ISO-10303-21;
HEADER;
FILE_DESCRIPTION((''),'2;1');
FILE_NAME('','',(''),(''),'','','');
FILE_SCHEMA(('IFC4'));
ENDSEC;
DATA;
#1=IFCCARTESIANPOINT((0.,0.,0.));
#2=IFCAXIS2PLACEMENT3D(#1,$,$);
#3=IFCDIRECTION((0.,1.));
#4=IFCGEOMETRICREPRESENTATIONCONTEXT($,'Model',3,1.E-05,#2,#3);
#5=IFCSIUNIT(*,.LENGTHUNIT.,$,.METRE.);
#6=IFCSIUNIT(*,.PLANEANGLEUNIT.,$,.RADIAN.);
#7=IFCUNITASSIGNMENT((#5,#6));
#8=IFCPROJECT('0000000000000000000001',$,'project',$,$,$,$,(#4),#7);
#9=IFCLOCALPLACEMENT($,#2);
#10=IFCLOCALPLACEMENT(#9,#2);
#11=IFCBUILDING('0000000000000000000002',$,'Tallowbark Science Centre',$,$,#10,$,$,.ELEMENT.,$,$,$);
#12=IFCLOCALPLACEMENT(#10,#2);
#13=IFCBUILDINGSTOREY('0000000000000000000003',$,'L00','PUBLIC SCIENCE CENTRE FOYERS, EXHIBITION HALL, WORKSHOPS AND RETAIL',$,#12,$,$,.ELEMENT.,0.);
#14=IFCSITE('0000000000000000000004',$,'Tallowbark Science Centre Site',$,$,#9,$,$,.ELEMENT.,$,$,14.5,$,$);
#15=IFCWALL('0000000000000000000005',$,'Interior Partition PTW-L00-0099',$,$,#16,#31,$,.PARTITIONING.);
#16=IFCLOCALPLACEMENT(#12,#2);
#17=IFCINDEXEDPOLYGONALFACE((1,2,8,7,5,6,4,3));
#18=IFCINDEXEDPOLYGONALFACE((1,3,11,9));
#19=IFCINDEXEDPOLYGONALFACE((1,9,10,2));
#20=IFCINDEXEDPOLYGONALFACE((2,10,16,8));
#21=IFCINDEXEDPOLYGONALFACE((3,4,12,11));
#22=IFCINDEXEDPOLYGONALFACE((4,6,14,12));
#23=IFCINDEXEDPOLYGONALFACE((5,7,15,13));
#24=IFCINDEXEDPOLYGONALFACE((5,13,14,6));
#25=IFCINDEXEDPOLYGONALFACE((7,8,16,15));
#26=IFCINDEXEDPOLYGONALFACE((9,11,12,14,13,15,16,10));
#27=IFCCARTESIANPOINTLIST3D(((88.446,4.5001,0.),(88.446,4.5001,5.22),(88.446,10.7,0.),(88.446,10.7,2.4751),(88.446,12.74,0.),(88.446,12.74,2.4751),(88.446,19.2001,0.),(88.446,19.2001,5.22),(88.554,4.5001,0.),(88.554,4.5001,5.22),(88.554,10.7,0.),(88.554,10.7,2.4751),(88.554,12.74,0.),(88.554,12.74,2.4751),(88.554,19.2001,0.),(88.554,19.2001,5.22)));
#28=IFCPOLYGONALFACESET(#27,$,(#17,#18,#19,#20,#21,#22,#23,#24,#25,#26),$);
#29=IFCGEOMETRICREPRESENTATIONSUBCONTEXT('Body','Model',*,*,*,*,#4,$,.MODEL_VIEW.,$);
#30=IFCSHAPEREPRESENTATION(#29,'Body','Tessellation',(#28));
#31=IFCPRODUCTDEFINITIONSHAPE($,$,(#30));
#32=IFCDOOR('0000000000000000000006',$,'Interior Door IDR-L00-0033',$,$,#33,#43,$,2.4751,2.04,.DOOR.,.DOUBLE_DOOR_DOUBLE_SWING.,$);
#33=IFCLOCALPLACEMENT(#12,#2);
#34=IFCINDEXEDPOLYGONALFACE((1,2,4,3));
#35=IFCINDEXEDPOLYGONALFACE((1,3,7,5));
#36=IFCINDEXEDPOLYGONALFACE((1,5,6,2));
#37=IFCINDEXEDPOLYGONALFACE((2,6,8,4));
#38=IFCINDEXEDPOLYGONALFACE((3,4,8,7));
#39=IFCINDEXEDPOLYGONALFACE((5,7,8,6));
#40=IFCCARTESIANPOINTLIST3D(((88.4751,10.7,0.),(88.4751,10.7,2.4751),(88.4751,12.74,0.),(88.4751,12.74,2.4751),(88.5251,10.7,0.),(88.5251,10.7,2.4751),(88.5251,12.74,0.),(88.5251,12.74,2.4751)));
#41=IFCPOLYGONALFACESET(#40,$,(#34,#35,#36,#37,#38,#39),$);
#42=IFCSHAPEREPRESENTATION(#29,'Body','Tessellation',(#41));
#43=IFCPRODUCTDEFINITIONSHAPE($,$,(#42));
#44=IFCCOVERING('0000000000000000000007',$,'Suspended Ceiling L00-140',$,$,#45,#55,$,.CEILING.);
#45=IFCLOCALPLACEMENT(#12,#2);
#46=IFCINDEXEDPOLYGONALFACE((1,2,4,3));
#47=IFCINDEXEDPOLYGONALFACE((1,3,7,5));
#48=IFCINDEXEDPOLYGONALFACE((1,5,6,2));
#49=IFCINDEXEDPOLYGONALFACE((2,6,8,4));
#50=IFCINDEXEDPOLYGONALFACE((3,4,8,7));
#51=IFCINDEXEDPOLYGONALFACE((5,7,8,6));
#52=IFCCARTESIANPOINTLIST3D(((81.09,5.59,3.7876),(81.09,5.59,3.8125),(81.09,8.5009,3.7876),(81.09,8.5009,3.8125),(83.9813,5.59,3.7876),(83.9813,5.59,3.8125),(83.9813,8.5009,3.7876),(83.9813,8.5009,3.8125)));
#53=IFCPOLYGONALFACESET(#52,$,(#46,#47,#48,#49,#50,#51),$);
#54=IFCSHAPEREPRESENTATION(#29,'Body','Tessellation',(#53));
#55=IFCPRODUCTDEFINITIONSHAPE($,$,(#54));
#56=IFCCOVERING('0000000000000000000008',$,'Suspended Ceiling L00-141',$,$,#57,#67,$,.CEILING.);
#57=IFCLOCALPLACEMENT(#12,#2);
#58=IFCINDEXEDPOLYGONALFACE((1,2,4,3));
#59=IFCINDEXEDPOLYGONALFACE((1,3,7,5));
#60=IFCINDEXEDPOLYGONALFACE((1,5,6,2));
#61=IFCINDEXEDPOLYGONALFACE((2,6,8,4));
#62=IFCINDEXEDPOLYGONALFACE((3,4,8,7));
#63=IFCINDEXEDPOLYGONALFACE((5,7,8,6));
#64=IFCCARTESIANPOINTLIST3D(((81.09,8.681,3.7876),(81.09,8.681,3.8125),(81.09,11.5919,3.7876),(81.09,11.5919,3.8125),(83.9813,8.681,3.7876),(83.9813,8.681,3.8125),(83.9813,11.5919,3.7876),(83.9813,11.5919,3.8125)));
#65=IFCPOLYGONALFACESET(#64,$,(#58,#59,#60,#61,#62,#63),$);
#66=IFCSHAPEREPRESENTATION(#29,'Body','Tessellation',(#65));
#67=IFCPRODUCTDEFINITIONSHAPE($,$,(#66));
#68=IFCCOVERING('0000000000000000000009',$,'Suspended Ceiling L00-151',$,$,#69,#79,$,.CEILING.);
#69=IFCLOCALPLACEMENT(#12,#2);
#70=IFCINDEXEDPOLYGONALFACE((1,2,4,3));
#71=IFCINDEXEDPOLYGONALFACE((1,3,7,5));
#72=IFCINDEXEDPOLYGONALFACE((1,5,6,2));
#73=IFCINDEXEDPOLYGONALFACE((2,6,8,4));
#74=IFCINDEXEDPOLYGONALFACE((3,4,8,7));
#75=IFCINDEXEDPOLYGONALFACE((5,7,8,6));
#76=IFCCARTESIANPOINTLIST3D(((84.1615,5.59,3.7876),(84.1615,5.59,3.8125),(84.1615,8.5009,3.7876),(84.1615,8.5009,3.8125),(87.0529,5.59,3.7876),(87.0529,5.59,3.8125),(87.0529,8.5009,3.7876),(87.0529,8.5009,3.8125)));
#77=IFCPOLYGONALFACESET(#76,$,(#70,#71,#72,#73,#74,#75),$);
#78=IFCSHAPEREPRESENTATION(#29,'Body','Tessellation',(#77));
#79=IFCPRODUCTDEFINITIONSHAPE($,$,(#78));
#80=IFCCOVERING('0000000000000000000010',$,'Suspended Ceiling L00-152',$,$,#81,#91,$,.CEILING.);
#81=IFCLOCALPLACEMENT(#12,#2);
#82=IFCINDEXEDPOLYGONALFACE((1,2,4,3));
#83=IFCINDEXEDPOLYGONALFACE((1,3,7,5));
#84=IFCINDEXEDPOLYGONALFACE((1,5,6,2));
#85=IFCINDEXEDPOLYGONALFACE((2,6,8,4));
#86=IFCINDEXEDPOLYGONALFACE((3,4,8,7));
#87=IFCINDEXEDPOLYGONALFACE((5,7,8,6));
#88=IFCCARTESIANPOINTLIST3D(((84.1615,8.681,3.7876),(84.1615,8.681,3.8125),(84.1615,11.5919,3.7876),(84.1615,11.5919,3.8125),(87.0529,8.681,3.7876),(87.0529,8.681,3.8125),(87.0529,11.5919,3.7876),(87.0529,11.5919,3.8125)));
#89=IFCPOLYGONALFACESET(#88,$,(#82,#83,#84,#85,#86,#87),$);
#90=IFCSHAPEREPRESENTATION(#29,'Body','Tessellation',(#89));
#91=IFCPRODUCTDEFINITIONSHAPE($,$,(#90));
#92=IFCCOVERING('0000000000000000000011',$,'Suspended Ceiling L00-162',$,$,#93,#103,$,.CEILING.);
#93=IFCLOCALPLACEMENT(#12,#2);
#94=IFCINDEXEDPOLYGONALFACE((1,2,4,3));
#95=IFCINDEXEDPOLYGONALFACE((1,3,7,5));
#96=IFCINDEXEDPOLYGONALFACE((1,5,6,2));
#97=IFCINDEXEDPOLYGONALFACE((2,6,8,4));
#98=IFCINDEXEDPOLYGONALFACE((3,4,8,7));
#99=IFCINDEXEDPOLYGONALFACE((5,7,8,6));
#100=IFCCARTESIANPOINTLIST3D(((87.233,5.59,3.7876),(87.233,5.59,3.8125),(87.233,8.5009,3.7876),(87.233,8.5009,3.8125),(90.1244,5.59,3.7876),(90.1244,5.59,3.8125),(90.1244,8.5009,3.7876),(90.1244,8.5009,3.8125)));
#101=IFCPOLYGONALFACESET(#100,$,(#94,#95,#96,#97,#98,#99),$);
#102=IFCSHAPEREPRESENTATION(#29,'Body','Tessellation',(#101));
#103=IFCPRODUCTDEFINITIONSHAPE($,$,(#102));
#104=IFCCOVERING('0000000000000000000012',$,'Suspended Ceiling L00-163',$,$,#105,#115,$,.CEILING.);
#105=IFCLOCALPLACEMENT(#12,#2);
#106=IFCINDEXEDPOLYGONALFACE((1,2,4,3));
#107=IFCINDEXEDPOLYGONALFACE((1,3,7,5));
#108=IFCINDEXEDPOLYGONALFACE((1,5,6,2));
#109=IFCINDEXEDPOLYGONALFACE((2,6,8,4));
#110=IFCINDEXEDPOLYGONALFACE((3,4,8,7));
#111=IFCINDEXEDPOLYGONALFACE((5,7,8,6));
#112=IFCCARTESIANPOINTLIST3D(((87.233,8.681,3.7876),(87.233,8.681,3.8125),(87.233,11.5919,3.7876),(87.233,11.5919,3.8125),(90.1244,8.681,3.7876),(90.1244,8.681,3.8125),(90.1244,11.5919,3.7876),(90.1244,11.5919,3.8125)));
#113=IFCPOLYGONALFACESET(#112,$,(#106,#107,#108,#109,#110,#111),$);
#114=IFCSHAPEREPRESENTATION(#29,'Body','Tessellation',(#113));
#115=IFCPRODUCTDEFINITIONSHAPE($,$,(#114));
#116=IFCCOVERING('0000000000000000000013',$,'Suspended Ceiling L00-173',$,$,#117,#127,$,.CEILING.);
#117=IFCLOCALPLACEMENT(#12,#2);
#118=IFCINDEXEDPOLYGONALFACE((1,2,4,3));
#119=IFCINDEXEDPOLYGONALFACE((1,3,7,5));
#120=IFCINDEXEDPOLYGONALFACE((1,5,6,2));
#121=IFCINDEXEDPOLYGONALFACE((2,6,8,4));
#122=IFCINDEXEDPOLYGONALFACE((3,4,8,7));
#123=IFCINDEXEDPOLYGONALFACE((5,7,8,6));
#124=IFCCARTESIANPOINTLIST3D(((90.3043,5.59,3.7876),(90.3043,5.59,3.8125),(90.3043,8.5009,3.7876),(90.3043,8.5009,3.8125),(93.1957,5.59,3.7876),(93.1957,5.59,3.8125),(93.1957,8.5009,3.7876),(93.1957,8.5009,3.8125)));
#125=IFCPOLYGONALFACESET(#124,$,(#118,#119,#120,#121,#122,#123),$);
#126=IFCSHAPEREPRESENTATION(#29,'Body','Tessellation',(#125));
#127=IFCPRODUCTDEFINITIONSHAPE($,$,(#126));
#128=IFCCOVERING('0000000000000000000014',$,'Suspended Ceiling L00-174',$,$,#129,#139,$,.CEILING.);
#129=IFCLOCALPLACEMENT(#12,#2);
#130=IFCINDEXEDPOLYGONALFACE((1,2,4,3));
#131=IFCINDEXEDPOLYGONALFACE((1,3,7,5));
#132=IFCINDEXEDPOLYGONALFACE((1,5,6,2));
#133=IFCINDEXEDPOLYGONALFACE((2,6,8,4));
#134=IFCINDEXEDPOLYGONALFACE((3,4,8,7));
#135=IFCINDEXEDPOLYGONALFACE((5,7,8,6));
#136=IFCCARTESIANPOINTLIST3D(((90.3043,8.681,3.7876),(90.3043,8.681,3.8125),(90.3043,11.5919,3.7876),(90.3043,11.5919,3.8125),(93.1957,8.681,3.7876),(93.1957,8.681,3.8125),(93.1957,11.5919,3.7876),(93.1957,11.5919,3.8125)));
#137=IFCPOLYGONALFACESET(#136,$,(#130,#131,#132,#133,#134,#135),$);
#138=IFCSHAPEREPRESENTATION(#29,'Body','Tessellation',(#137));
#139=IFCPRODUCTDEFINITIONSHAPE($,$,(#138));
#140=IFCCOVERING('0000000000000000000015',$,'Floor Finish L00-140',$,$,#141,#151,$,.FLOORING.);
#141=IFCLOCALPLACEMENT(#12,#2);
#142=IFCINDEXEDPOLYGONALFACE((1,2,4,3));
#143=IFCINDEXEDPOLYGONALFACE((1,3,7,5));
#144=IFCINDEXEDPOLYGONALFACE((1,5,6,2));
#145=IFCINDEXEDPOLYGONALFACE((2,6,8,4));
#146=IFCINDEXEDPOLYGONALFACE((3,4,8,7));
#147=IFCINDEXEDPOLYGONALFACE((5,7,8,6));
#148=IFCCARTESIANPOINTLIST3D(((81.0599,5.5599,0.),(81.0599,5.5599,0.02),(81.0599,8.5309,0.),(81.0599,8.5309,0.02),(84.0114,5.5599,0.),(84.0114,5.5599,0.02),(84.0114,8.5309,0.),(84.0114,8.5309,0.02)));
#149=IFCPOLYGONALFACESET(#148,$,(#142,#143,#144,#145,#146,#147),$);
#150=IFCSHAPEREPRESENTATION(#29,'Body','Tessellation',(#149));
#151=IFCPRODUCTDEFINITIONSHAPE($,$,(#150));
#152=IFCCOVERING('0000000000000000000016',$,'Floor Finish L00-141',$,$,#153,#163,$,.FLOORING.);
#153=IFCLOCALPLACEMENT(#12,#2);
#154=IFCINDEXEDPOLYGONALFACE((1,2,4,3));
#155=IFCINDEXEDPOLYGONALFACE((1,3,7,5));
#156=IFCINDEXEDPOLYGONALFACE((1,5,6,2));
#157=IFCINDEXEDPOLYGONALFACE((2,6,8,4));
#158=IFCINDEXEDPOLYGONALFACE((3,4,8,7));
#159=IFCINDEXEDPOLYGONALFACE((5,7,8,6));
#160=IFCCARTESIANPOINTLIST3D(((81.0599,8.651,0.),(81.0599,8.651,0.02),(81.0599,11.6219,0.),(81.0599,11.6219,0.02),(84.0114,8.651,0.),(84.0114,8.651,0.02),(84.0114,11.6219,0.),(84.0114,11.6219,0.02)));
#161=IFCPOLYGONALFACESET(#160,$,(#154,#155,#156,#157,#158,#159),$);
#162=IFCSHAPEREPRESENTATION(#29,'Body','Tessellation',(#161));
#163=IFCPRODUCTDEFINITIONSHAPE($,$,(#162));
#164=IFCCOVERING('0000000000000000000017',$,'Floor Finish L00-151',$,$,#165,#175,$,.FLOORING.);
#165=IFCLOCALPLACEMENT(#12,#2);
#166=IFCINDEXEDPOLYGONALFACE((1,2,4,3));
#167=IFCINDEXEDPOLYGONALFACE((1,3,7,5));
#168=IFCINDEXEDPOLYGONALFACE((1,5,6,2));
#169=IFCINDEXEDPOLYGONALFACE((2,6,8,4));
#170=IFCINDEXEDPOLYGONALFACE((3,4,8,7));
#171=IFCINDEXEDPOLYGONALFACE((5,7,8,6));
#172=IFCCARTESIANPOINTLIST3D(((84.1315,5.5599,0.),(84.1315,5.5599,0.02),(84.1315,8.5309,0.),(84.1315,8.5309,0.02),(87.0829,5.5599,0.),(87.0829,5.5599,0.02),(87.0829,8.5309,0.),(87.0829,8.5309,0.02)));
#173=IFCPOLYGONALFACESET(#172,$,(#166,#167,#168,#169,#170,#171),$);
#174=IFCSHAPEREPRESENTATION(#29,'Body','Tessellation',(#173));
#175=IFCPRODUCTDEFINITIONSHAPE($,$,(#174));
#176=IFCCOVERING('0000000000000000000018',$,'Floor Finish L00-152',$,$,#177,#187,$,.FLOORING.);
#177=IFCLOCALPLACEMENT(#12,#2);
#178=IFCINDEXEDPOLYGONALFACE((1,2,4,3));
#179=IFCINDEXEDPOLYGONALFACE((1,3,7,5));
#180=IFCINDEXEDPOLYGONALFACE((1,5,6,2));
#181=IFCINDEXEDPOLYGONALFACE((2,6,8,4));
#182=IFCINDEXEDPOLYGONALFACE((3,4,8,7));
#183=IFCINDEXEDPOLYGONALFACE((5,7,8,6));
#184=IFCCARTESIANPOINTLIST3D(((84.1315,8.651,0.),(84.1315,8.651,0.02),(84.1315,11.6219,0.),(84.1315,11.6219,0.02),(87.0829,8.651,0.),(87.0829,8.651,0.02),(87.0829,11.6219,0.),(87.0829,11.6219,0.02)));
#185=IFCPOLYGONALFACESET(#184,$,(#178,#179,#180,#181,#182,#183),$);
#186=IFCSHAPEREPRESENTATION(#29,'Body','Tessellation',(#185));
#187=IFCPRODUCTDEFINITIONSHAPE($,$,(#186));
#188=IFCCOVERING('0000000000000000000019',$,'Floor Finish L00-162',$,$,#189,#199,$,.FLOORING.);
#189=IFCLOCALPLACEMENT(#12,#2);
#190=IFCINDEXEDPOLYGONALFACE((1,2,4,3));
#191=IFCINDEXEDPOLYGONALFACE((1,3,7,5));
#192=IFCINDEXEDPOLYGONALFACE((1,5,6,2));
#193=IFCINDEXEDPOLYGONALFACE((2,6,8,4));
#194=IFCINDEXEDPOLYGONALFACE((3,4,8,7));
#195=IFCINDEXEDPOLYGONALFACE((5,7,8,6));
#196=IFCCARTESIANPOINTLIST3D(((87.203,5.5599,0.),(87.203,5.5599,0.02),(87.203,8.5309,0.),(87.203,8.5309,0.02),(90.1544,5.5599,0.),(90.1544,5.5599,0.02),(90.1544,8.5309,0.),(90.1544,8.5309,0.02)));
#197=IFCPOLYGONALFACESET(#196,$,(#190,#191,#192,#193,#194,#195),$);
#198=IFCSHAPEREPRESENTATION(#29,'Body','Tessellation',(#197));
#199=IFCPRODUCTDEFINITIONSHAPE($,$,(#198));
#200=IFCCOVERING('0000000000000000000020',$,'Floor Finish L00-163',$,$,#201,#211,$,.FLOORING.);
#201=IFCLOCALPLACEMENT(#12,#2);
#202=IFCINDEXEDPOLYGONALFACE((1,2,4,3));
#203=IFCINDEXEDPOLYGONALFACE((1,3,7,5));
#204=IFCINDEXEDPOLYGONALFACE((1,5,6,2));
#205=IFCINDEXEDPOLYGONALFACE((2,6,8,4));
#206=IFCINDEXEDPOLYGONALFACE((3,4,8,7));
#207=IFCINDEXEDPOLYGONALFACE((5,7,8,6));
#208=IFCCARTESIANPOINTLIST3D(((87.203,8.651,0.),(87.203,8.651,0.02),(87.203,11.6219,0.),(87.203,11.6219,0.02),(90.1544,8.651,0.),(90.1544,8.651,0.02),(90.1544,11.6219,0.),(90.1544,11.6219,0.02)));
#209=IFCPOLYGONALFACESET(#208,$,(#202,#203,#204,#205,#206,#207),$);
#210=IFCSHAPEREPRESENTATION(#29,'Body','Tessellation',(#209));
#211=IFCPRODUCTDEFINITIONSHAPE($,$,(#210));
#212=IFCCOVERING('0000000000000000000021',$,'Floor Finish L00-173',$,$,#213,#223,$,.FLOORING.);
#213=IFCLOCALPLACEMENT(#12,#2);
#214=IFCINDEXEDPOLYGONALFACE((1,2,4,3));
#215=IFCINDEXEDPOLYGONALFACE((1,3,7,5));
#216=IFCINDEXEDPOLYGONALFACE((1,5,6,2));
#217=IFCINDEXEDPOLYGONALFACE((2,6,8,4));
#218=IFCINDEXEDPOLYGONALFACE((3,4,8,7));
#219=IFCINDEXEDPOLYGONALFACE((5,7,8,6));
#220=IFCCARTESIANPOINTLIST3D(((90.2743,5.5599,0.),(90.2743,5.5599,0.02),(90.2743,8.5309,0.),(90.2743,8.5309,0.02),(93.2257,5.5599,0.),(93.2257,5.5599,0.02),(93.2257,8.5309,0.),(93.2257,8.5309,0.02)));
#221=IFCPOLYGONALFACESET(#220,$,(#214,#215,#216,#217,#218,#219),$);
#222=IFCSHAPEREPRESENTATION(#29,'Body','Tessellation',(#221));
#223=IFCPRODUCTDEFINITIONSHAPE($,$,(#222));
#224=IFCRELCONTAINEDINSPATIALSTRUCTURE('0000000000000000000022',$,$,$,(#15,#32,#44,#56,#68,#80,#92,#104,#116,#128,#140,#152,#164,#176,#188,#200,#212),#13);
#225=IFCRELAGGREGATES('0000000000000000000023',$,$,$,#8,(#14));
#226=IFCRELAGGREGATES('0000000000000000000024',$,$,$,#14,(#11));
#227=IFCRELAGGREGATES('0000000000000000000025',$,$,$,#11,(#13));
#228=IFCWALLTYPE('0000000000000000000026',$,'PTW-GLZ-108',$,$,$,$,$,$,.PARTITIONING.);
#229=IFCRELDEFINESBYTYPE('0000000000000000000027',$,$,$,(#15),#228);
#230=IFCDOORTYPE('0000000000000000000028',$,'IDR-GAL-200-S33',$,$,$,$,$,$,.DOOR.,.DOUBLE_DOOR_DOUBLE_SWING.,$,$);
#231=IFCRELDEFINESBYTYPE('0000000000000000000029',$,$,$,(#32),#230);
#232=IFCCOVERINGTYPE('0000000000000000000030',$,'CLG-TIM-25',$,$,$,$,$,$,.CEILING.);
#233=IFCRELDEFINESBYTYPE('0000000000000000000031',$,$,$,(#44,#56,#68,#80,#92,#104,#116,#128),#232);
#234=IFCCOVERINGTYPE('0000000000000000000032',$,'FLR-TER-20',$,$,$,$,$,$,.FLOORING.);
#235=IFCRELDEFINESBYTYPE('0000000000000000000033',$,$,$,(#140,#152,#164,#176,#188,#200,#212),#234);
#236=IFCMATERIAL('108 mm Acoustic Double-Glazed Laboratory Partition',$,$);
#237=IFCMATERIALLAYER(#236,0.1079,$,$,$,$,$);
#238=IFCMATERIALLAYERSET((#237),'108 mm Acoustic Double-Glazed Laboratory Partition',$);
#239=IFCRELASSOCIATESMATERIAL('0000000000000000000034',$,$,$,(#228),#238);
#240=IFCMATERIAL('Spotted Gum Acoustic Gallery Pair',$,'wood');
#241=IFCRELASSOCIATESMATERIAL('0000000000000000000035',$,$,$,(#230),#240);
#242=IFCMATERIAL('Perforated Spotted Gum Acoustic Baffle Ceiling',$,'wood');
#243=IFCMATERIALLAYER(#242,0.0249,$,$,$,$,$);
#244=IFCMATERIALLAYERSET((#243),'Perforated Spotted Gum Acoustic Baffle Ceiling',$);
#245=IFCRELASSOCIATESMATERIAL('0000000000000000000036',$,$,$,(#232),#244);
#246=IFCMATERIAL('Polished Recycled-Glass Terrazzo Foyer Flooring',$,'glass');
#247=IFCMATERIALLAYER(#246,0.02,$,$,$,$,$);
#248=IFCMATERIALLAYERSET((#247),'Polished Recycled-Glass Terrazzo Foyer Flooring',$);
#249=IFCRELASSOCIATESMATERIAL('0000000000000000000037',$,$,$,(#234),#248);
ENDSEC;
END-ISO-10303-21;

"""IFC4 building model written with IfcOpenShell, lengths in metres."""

from ifc_helpers import new_model, si_unit, direction, frame, frame_2d, origin, origin_2d, place, context, subcontext, project, spatial, rectangle, extrude, material, layer, layer_set, type_object, element, fill, save


model = new_model("IFC4")

# Units and contexts
model_context = context("Model", 3, precision=1e-05, world=origin(), true_north=direction((0.0, 1.0)))
body_context = subcontext(model_context, "Body", "Model", "MODEL_VIEW")
ifc_project = project(units=[si_unit("LENGTHUNIT", "METRE"), si_unit("PLANEANGLEUNIT", "RADIAN")], contexts=[model_context])

# Site, building, storey
site_placement = place(None, origin())
site = spatial("IfcSite", under=ifc_project, at=site_placement, Name="Tallowbark Science Centre Site", CompositionType="ELEMENT", RefElevation=14.5)
building_placement = place(site_placement, origin())
building = spatial("IfcBuilding", under=site, at=building_placement, Name="Tallowbark Science Centre", CompositionType="ELEMENT")
storey_placement = place(building_placement, origin())
storey = spatial("IfcBuildingStorey", under=building, at=storey_placement, Name="L00", Description="PUBLIC SCIENCE CENTRE FOYERS, EXHIBITION HALL, WORKSHOPS AND RETAIL", CompositionType="ELEMENT", Elevation=0.0)

# Wall, opening, door
ifc_material_1 = material(Name="108 mm Acoustic Double-Glazed Laboratory Partition")
ifc_layer_1 = layer(ifc_material_1, 0.1079)
ifc_layer_set_1 = layer_set([ifc_layer_1], Name="108 mm Acoustic Double-Glazed Laboratory Partition")
wall_type_1 = type_object("IfcWallType", Name="PTW-GLZ-108", PredefinedType="PARTITIONING", material=ifc_layer_set_1)
wall_1_placement = place(storey_placement, frame((88.5, 4.5, 0.0), z_axis=(0.0, 0.0, 1.0), x_axis=(0.0, 1.0, 0.0)))
wall_1 = element("IfcWall", 1, at=wall_1_placement, inside=storey, type_object=wall_type_1, Name="Interior Partition PTW-L00-0099", PredefinedType="PARTITIONING", context=body_context, shape_type="SweptSolid", body=[
    extrude(rectangle(XDim=14.7, YDim=0.1079, at=frame_2d((7.3501, 0.0))), origin(), (0.0, 0.0, 1.0), 5.22),
])
opening_1_placement = place(wall_1_placement, frame((6.2, 0.0, 0.0)))
opening_1 = element("IfcOpeningElement", 2, at=opening_1_placement, cuts=wall_1, PredefinedType="OPENING", context=body_context, shape_type="SweptSolid", body=[
    extrude(rectangle(XDim=2.04, YDim=2.4751, at=frame_2d((1.02, 1.2375))), frame((0.0, 0.064, 0.0), z_axis=(0.0, -1.0, 0.0), x_axis=(1.0, 0.0, 0.0)), (0.0, 0.0, 1.0), 0.1279),
])
ifc_material_2 = material(Name="Spotted Gum Acoustic Gallery Pair", Category="wood")
door_type_1 = type_object("IfcDoorType", Name="IDR-GAL-200-S33", OperationType="DOUBLE_DOOR_DOUBLE_SWING", PredefinedType="DOOR", material=ifc_material_2)
door_1_placement = place(opening_1_placement, origin())
door_1 = element("IfcDoor", 3, at=door_1_placement, inside=storey, type_object=door_type_1, Name="Interior Door IDR-L00-0033", OperationType="DOUBLE_DOOR_DOUBLE_SWING", OverallHeight=2.4751, OverallWidth=2.04, PredefinedType="DOOR", context=body_context, shape_type="SweptSolid", body=[
    extrude(rectangle(XDim=2.04, YDim=2.4751, at=frame_2d((1.02, 1.2375))), frame((0.0, 0.0249, 0.0), z_axis=(0.0, -1.0, 0.0), x_axis=(1.0, 0.0, 0.0)), (0.0, 0.0, 1.0), 0.05),
])
fill(opening_1, door_1)

# Coverings
ifc_material_3 = material(Name="Perforated Spotted Gum Acoustic Baffle Ceiling", Category="wood")
ifc_layer_2 = layer(ifc_material_3, 0.0249)
ifc_layer_set_2 = layer_set([ifc_layer_2], Name="Perforated Spotted Gum Acoustic Baffle Ceiling")
covering_type_1 = type_object("IfcCoveringType", Name="CLG-TIM-25", PredefinedType="CEILING", material=ifc_layer_set_2)
for number, where, z_axis, x_axis, name in (
    (4, (82.5356, 7.0454, 3.7876), (0.0, 0.0, 1.0), (1.0, 0.0, 0.0), "Suspended Ceiling L00-140"),
    (5, (82.5356, 10.1365, 3.7876), (0.0, 0.0, 1.0), (1.0, 0.0, 0.0), "Suspended Ceiling L00-141"),
    (6, (85.6072, 7.0454, 3.7876), (0.0, 0.0, 1.0), (1.0, 0.0, 0.0), "Suspended Ceiling L00-151"),
    (7, (85.6072, 10.1365, 3.7876), (0.0, 0.0, 1.0), (1.0, 0.0, 0.0), "Suspended Ceiling L00-152"),
    (8, (88.6787, 7.0454, 3.7876), (0.0, 0.0, 1.0), (1.0, 0.0, 0.0), "Suspended Ceiling L00-162"),
    (9, (88.6787, 10.1365, 3.7876), (0.0, 0.0, 1.0), (1.0, 0.0, 0.0), "Suspended Ceiling L00-163"),
    (10, (91.75, 7.0454, 3.7876), (0.0, 0.0, 1.0), (1.0, 0.0, 0.0), "Suspended Ceiling L00-173"),
    (11, (91.75, 10.1365, 3.7876), (0.0, 0.0, 1.0), (1.0, 0.0, 0.0), "Suspended Ceiling L00-174"),
):
    element("IfcCovering", number, at=place(storey_placement, frame(where, z_axis=z_axis, x_axis=x_axis)), inside=storey, type_object=covering_type_1, Name=name, PredefinedType="CEILING", context=body_context, shape_type="SweptSolid", body=[
        extrude(rectangle(XDim=2.8914, YDim=2.9109, at=origin_2d()), origin(), (0.0, 0.0, 1.0), 0.0249),
    ])
ifc_material_4 = material(Name="Polished Recycled-Glass Terrazzo Foyer Flooring", Category="glass")
ifc_layer_3 = layer(ifc_material_4, 0.02)
ifc_layer_set_3 = layer_set([ifc_layer_3], Name="Polished Recycled-Glass Terrazzo Foyer Flooring")
covering_type_2 = type_object("IfcCoveringType", Name="FLR-TER-20", PredefinedType="FLOORING", material=ifc_layer_set_3)
for number, where, z_axis, x_axis, name in (
    (12, (82.5356, 7.0454, 0.0), (0.0, 0.0, 1.0), (1.0, 0.0, 0.0), "Floor Finish L00-140"),
    (13, (82.5356, 10.1365, 0.0), (0.0, 0.0, 1.0), (1.0, 0.0, 0.0), "Floor Finish L00-141"),
    (14, (85.6072, 7.0454, 0.0), (0.0, 0.0, 1.0), (1.0, 0.0, 0.0), "Floor Finish L00-151"),
    (15, (85.6072, 10.1365, 0.0), (0.0, 0.0, 1.0), (1.0, 0.0, 0.0), "Floor Finish L00-152"),
    (16, (88.6787, 7.0454, 0.0), (0.0, 0.0, 1.0), (1.0, 0.0, 0.0), "Floor Finish L00-162"),
    (17, (88.6787, 10.1365, 0.0), (0.0, 0.0, 1.0), (1.0, 0.0, 0.0), "Floor Finish L00-163"),
    (18, (91.75, 7.0454, 0.0), (0.0, 0.0, 1.0), (1.0, 0.0, 0.0), "Floor Finish L00-173"),
):
    element("IfcCovering", number, at=place(storey_placement, frame(where, z_axis=z_axis, x_axis=x_axis)), inside=storey, type_object=covering_type_2, Name=name, PredefinedType="FLOORING", context=body_context, shape_type="SweptSolid", body=[
        extrude(rectangle(XDim=2.9514, YDim=2.9709, at=origin_2d()), origin(), (0.0, 0.0, 1.0), 0.02),
    ])

save(model, "model.ifc")
